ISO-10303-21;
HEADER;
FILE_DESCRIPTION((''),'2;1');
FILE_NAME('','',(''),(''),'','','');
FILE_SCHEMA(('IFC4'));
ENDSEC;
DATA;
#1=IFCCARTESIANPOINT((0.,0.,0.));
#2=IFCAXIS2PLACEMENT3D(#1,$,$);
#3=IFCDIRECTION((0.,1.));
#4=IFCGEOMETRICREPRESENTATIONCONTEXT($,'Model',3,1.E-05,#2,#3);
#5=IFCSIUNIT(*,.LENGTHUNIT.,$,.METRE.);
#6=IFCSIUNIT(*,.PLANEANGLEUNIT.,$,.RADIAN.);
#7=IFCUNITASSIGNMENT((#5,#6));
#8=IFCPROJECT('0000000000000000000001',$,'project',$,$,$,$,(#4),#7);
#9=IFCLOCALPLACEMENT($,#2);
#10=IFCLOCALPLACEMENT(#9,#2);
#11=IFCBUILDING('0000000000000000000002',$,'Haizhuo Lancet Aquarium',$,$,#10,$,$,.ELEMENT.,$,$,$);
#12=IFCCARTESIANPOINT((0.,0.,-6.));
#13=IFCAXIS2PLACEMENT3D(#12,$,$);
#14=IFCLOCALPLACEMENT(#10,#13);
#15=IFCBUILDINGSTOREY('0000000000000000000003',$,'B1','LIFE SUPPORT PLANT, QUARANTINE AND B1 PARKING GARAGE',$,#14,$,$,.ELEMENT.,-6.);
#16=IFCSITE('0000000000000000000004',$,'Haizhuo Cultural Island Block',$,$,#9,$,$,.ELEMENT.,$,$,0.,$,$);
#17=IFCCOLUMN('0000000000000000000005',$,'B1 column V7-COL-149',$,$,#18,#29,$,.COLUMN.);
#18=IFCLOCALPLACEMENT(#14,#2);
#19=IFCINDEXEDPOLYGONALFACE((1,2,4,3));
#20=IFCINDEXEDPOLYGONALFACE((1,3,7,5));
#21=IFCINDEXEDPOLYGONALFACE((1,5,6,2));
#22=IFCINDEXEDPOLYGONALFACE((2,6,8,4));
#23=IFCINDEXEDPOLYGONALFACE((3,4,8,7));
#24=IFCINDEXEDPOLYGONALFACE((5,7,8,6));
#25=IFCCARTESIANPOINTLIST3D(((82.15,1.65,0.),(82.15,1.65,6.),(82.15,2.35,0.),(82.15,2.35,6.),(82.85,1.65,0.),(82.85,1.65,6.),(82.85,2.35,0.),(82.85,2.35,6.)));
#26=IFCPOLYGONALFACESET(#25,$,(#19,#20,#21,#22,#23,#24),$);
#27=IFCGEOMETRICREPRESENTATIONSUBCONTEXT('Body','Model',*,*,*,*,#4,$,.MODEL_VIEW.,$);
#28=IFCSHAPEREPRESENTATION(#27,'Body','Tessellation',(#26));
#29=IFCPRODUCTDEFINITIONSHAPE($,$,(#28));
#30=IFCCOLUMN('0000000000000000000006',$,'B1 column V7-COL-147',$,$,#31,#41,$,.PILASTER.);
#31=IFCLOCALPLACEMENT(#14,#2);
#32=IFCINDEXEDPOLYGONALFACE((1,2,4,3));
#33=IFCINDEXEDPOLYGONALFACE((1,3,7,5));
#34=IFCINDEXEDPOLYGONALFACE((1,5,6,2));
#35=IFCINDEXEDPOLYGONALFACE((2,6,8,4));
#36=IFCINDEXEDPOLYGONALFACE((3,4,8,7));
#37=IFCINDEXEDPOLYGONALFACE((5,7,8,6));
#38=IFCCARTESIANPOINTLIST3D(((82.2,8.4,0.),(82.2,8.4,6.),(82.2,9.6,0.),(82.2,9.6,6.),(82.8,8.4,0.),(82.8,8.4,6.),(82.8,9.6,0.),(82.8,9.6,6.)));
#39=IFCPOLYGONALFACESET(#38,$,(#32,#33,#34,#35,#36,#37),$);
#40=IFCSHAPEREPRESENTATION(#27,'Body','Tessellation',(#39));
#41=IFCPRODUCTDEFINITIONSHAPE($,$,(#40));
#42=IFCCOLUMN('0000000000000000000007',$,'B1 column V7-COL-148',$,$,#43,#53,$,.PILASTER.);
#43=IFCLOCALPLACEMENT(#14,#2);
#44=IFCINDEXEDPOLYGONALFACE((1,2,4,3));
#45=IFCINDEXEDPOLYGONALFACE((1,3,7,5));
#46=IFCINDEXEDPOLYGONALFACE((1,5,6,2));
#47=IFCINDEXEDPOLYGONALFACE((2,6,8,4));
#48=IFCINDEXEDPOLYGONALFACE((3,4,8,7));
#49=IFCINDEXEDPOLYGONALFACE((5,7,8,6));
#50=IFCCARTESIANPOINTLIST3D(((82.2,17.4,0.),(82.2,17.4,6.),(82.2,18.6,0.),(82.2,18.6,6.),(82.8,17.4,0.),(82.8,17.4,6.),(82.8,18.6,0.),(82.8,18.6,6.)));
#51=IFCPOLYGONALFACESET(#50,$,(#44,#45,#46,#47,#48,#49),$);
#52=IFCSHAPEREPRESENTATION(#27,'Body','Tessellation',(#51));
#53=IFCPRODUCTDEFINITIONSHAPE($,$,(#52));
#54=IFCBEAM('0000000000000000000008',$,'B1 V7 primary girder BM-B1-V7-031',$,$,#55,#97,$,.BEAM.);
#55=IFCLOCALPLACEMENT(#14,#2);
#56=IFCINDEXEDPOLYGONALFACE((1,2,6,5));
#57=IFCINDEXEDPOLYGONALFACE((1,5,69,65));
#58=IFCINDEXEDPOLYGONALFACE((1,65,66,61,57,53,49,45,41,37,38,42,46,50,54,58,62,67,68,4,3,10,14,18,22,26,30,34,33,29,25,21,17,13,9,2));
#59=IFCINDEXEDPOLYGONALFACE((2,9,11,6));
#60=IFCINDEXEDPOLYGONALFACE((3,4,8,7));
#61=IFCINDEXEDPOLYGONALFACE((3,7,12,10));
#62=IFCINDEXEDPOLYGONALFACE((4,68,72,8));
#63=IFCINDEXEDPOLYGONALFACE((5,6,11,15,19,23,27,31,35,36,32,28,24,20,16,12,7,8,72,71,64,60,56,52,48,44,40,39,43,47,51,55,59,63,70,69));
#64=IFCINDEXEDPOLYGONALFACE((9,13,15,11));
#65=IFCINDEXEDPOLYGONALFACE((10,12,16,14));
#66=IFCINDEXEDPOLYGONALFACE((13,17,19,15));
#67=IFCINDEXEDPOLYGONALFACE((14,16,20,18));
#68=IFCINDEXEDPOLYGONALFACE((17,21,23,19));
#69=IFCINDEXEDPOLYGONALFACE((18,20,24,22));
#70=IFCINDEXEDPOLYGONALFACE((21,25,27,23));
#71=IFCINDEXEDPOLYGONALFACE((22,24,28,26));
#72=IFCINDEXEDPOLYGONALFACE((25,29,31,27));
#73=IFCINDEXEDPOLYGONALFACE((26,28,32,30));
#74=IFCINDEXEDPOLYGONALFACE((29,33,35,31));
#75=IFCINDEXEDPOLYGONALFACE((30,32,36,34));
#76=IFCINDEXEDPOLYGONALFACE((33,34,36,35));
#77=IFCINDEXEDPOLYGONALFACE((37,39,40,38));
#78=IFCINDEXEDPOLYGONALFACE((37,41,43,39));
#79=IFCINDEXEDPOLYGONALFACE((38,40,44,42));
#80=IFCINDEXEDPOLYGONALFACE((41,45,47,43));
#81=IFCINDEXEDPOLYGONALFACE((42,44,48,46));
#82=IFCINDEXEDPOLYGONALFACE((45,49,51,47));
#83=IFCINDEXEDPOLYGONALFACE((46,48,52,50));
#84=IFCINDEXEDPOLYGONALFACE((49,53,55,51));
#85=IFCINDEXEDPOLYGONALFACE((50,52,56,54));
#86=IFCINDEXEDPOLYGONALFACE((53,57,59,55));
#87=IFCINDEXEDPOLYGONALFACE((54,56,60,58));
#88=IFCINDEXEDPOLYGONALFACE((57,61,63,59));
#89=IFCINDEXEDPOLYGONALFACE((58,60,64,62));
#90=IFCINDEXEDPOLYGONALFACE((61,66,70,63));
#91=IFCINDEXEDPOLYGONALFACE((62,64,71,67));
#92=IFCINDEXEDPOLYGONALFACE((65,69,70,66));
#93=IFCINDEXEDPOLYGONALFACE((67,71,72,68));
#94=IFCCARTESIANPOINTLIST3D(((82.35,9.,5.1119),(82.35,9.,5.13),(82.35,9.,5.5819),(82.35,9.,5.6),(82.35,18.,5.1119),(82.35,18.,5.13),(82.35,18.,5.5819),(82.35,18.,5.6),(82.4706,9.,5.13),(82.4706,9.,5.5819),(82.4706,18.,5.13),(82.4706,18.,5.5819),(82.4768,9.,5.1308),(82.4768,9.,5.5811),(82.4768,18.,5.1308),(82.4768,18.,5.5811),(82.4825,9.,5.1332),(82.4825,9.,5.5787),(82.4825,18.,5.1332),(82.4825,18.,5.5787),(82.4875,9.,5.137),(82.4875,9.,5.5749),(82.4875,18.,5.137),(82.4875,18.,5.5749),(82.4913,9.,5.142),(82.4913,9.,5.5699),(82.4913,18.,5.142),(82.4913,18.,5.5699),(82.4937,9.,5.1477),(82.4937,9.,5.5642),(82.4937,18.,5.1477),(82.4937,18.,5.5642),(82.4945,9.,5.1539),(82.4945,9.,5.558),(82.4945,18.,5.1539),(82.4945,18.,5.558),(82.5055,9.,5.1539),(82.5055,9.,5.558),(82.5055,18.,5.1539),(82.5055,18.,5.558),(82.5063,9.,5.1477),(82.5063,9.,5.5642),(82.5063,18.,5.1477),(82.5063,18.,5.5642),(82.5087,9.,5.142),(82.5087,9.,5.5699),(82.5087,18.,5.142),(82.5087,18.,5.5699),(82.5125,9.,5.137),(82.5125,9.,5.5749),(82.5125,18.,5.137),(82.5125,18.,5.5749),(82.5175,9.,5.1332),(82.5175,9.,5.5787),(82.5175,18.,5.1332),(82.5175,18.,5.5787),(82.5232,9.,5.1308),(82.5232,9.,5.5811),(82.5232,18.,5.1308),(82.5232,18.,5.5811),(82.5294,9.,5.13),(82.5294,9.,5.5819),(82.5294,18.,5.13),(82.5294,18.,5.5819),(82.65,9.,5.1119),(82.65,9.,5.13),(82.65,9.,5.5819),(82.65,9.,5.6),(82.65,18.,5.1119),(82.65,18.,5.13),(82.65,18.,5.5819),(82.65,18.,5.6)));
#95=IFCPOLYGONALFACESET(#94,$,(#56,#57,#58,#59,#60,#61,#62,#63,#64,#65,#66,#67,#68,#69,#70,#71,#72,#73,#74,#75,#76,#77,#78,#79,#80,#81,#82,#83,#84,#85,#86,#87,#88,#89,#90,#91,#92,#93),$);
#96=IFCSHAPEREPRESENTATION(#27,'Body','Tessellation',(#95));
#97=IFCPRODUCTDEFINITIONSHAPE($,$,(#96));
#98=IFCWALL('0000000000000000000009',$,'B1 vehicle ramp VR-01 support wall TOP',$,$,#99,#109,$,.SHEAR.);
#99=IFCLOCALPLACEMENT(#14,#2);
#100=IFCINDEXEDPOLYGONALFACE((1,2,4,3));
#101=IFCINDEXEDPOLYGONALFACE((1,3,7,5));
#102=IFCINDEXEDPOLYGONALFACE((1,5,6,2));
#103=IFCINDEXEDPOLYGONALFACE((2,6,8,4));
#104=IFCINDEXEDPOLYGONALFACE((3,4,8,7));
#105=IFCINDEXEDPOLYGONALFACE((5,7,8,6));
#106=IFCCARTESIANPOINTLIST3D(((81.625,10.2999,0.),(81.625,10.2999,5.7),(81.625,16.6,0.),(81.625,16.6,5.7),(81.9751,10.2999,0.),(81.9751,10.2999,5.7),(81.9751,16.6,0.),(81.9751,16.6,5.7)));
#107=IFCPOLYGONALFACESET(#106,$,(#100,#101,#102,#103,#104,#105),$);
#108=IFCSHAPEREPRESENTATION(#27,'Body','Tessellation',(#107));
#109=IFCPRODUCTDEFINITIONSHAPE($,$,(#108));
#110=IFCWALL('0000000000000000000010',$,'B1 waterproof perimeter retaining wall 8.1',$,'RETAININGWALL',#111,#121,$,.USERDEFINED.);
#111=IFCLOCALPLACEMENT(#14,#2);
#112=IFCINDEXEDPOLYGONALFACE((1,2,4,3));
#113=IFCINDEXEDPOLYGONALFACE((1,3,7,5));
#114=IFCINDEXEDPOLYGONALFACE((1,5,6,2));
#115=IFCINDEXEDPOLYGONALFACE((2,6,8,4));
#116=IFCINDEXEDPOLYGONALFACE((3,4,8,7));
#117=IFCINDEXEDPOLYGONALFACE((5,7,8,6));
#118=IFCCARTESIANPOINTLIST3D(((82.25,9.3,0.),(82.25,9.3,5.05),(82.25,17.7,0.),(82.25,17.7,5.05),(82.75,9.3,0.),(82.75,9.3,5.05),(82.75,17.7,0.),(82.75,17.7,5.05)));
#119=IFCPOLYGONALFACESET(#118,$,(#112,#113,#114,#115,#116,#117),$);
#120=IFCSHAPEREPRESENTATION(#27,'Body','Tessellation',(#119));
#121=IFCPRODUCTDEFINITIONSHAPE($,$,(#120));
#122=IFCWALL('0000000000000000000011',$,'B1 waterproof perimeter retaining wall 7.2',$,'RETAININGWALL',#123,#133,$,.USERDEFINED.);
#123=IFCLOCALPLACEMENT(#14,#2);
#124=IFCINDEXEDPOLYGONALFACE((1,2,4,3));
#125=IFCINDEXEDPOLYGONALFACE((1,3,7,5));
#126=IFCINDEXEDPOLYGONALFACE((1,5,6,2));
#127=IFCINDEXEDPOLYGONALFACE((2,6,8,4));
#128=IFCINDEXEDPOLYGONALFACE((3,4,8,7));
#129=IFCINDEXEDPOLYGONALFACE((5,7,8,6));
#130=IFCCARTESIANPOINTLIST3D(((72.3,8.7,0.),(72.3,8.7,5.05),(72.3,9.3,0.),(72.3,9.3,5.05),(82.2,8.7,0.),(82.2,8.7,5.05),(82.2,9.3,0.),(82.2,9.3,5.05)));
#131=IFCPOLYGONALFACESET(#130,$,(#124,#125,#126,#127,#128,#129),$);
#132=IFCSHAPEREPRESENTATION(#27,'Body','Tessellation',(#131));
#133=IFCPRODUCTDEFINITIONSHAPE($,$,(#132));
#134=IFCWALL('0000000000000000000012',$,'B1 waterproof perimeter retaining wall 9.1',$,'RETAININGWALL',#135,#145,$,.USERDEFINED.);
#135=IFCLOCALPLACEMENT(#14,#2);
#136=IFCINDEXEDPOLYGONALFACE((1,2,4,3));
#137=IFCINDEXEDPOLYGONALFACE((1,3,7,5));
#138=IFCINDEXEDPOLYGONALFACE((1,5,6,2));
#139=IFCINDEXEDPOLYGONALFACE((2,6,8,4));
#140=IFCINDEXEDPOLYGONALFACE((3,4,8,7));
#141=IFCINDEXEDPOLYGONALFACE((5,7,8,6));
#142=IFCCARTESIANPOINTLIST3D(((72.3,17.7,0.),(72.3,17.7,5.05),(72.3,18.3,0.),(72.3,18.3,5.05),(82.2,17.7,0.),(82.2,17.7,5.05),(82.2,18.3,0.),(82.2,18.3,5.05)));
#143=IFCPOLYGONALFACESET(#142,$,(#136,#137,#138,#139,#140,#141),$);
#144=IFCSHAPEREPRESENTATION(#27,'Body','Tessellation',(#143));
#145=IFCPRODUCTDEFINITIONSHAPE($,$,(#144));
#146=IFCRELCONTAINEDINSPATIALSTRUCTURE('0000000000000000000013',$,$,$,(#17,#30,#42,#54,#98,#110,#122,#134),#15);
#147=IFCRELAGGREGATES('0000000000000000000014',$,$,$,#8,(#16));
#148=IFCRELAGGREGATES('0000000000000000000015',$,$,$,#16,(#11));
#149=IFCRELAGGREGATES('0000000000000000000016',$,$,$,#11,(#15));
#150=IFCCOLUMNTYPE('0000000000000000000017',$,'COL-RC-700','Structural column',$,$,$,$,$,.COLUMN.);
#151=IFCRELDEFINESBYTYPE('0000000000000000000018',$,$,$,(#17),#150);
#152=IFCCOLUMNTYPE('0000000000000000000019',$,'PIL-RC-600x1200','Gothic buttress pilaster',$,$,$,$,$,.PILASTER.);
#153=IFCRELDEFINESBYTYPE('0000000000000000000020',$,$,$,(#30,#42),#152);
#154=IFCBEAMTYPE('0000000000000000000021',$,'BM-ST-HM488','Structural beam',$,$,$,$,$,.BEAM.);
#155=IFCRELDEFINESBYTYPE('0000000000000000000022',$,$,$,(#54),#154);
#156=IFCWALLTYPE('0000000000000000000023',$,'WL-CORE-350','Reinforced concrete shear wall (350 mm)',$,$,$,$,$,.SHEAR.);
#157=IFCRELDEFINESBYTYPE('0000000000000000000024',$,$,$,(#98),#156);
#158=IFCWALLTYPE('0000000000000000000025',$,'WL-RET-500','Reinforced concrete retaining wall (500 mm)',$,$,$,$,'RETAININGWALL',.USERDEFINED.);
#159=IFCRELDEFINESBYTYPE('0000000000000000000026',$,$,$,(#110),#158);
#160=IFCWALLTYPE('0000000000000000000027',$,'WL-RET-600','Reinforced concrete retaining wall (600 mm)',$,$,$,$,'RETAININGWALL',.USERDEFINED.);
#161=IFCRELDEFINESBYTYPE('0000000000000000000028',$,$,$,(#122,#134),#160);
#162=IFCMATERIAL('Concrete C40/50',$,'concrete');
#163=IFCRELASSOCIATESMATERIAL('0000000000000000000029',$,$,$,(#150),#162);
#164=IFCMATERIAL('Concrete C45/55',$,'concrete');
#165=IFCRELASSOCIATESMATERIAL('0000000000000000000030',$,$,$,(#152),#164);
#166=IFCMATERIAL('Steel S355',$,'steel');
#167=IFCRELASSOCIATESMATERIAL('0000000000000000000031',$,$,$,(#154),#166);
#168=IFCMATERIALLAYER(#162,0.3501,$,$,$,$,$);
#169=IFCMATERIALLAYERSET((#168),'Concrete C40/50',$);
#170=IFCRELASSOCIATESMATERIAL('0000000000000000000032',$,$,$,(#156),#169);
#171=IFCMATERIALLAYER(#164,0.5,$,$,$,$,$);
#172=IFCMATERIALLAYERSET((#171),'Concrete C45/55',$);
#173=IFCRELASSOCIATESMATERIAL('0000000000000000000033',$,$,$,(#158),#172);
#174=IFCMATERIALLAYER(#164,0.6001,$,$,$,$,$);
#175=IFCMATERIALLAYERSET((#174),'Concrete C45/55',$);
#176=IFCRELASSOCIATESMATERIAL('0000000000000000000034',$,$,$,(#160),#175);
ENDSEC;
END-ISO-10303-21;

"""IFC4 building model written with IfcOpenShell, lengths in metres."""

from ifc_helpers import new_model, si_unit, direction, frame, frame_2d, origin, origin_2d, place, context, subcontext, project, spatial, rectangle, i_section, extrude, material, layer, layer_set, material_profile, profile_set, type_object, element, save


model = new_model("IFC4")

# Units and contexts
model_context = context("Model", 3, precision=1e-05, world=origin(), true_north=direction((0.0, 1.0)))
body_context = subcontext(model_context, "Body", "Model", "MODEL_VIEW")
ifc_project = project(units=[si_unit("LENGTHUNIT", "METRE"), si_unit("PLANEANGLEUNIT", "RADIAN")], contexts=[model_context])

# Site, building, storey
site_placement = place(None, origin())
site = spatial("IfcSite", under=ifc_project, at=site_placement, Name="Haizhuo Cultural Island Block", CompositionType="ELEMENT", RefElevation=0.0)
building_placement = place(site_placement, origin())
building = spatial("IfcBuilding", under=site, at=building_placement, Name="Haizhuo Lancet Aquarium", CompositionType="ELEMENT")
storey_placement = place(building_placement, frame((0.0, 0.0, -6.0)))
storey = spatial("IfcBuildingStorey", under=building, at=storey_placement, Name="B1", Description="LIFE SUPPORT PLANT, QUARANTINE AND B1 PARKING GARAGE", CompositionType="ELEMENT", Elevation=-6.0)

# Shared definitions
ifc_material_1 = material(Name="Concrete C40/50", Category="concrete")

# Columns
ifc_material_profile_1 = material_profile(ifc_material_1, rectangle(XDim=0.7, YDim=0.7, at=origin_2d()), Name="RC-COL 700x700")
ifc_profile_set_1 = profile_set([ifc_material_profile_1], Name="Concrete C40/50")
column_type_1 = type_object("IfcColumnType", Name="COL-RC-700", Description="Structural column", PredefinedType="COLUMN", material=ifc_profile_set_1)
column_placement = place(storey_placement, frame((82.5, 2.0, 0.0), z_axis=(0.0, 0.0, 1.0), x_axis=(1.0, 0.0, 0.0)))
element("IfcColumn", 1, at=column_placement, inside=storey, type_object=column_type_1, Name="B1 column V7-COL-149", PredefinedType="COLUMN", context=body_context, shape_type="SweptSolid", body=[
    extrude(rectangle(XDim=0.7, YDim=0.7, at=origin_2d()), origin(), (0.0, 0.0, 1.0), 6.0),
])
ifc_material_2 = material(Name="Concrete C45/55", Category="concrete")
ifc_material_profile_2 = material_profile(ifc_material_2, rectangle(XDim=0.6001, YDim=1.2, at=origin_2d()), Name="RC-PIL 600x1200")
ifc_profile_set_2 = profile_set([ifc_material_profile_2], Name="Concrete C45/55")
column_type_2 = type_object("IfcColumnType", Name="PIL-RC-600x1200", Description="Gothic buttress pilaster", PredefinedType="PILASTER", material=ifc_profile_set_2)
for number, where, z_axis, x_axis, name in (
    (2, (82.5, 9.0, 0.0), (0.0, 0.0, 1.0), (1.0, 0.0, 0.0), "B1 column V7-COL-147"),
    (3, (82.5, 18.0, 0.0), (0.0, 0.0, 1.0), (1.0, 0.0, 0.0), "B1 column V7-COL-148"),
):
    element("IfcColumn", number, at=place(storey_placement, frame(where, z_axis=z_axis, x_axis=x_axis)), inside=storey, type_object=column_type_2, Name=name, PredefinedType="PILASTER", context=body_context, shape_type="SweptSolid", body=[
        extrude(rectangle(XDim=0.6001, YDim=1.2, at=origin_2d()), origin(), (0.0, 0.0, 1.0), 6.0),
    ])

# Beam
ifc_material_3 = material(Name="Steel S355", Category="steel")
ifc_material_profile_3 = material_profile(ifc_material_3, i_section(OverallWidth=0.3, OverallDepth=0.488, WebThickness=0.011, FlangeThickness=0.0181, FilletRadius=0.0239, at=origin_2d()), Name="HM 488x300x11x18")
ifc_profile_set_3 = profile_set([ifc_material_profile_3], Name="Steel S355")
beam_type = type_object("IfcBeamType", Name="BM-ST-HM488", Description="Structural beam", PredefinedType="BEAM", material=ifc_profile_set_3)
beam_placement = place(storey_placement, frame((82.5, 9.0, 5.356), z_axis=(0.0, 1.0, 0.0), x_axis=(-1.0, 0.0, 0.0)))
element("IfcBeam", 4, at=beam_placement, inside=storey, type_object=beam_type, Name="B1 V7 primary girder BM-B1-V7-031", PredefinedType="BEAM", context=body_context, shape_type="SweptSolid", body=[
    extrude(i_section(OverallWidth=0.3, OverallDepth=0.488, WebThickness=0.011, FlangeThickness=0.0181, FilletRadius=0.0239, at=origin_2d()), origin(), (0.0, 0.0, 1.0), 9.0),
])

# Walls
ifc_layer_1 = layer(ifc_material_1, 0.3501)
ifc_layer_set_1 = layer_set([ifc_layer_1], Name="Concrete C40/50")
wall_type_1 = type_object("IfcWallType", Name="WL-CORE-350", Description="Reinforced concrete shear wall (350 mm)", PredefinedType="SHEAR", material=ifc_layer_set_1)
wall_1_placement = place(storey_placement, frame((81.8, 10.3, 0.0), z_axis=(0.0, 0.0, 1.0), x_axis=(0.0, 1.0, 0.0)))
element("IfcWall", 5, at=wall_1_placement, inside=storey, type_object=wall_type_1, Name="B1 vehicle ramp VR-01 support wall TOP", PredefinedType="SHEAR", context=body_context, shape_type="SweptSolid", body=[
    extrude(rectangle(XDim=6.3, YDim=0.3501, at=frame_2d((3.1499, 0.0))), origin(), (0.0, 0.0, 1.0), 5.7),
])
ifc_layer_2 = layer(ifc_material_2, 0.5)
ifc_layer_set_2 = layer_set([ifc_layer_2], Name="Concrete C45/55")
wall_type_2 = type_object("IfcWallType", Name="WL-RET-500", Description="Reinforced concrete retaining wall (500 mm)", ElementType="RETAININGWALL", PredefinedType="USERDEFINED", material=ifc_layer_set_2)
wall_2_placement = place(storey_placement, frame((82.5, 9.3, 0.0), z_axis=(0.0, 0.0, 1.0), x_axis=(0.0, 1.0, 0.0)))
element("IfcWall", 6, at=wall_2_placement, inside=storey, type_object=wall_type_2, Name="B1 waterproof perimeter retaining wall 8.1", ObjectType="RETAININGWALL", PredefinedType="USERDEFINED", context=body_context, shape_type="SweptSolid", body=[
    extrude(rectangle(XDim=8.3999, YDim=0.5, at=frame_2d((4.2, 0.0))), origin(), (0.0, 0.0, 1.0), 5.05),
])
ifc_layer_3 = layer(ifc_material_2, 0.6001)
ifc_layer_set_3 = layer_set([ifc_layer_3], Name="Concrete C45/55")
wall_type_3 = type_object("IfcWallType", Name="WL-RET-600", Description="Reinforced concrete retaining wall (600 mm)", ElementType="RETAININGWALL", PredefinedType="USERDEFINED", material=ifc_layer_set_3)
for number, where, z_axis, x_axis, name in (
    (7, (72.3, 9.0, 0.0), (0.0, 0.0, 1.0), (1.0, 0.0, 0.0), "B1 waterproof perimeter retaining wall 7.2"),
    (8, (82.2, 18.0, 0.0), (0.0, 0.0, 1.0), (-1.0, 0.0, 0.0), "B1 waterproof perimeter retaining wall 9.1"),
):
    element("IfcWall", number, at=place(storey_placement, frame(where, z_axis=z_axis, x_axis=x_axis)), inside=storey, type_object=wall_type_3, Name=name, ObjectType="RETAININGWALL", PredefinedType="USERDEFINED", context=body_context, shape_type="SweptSolid", body=[
        extrude(rectangle(XDim=9.8999, YDim=0.6001, at=frame_2d((4.95, 0.0))), origin(), (0.0, 0.0, 1.0), 5.05),
    ])

save(model, "model.ifc")
